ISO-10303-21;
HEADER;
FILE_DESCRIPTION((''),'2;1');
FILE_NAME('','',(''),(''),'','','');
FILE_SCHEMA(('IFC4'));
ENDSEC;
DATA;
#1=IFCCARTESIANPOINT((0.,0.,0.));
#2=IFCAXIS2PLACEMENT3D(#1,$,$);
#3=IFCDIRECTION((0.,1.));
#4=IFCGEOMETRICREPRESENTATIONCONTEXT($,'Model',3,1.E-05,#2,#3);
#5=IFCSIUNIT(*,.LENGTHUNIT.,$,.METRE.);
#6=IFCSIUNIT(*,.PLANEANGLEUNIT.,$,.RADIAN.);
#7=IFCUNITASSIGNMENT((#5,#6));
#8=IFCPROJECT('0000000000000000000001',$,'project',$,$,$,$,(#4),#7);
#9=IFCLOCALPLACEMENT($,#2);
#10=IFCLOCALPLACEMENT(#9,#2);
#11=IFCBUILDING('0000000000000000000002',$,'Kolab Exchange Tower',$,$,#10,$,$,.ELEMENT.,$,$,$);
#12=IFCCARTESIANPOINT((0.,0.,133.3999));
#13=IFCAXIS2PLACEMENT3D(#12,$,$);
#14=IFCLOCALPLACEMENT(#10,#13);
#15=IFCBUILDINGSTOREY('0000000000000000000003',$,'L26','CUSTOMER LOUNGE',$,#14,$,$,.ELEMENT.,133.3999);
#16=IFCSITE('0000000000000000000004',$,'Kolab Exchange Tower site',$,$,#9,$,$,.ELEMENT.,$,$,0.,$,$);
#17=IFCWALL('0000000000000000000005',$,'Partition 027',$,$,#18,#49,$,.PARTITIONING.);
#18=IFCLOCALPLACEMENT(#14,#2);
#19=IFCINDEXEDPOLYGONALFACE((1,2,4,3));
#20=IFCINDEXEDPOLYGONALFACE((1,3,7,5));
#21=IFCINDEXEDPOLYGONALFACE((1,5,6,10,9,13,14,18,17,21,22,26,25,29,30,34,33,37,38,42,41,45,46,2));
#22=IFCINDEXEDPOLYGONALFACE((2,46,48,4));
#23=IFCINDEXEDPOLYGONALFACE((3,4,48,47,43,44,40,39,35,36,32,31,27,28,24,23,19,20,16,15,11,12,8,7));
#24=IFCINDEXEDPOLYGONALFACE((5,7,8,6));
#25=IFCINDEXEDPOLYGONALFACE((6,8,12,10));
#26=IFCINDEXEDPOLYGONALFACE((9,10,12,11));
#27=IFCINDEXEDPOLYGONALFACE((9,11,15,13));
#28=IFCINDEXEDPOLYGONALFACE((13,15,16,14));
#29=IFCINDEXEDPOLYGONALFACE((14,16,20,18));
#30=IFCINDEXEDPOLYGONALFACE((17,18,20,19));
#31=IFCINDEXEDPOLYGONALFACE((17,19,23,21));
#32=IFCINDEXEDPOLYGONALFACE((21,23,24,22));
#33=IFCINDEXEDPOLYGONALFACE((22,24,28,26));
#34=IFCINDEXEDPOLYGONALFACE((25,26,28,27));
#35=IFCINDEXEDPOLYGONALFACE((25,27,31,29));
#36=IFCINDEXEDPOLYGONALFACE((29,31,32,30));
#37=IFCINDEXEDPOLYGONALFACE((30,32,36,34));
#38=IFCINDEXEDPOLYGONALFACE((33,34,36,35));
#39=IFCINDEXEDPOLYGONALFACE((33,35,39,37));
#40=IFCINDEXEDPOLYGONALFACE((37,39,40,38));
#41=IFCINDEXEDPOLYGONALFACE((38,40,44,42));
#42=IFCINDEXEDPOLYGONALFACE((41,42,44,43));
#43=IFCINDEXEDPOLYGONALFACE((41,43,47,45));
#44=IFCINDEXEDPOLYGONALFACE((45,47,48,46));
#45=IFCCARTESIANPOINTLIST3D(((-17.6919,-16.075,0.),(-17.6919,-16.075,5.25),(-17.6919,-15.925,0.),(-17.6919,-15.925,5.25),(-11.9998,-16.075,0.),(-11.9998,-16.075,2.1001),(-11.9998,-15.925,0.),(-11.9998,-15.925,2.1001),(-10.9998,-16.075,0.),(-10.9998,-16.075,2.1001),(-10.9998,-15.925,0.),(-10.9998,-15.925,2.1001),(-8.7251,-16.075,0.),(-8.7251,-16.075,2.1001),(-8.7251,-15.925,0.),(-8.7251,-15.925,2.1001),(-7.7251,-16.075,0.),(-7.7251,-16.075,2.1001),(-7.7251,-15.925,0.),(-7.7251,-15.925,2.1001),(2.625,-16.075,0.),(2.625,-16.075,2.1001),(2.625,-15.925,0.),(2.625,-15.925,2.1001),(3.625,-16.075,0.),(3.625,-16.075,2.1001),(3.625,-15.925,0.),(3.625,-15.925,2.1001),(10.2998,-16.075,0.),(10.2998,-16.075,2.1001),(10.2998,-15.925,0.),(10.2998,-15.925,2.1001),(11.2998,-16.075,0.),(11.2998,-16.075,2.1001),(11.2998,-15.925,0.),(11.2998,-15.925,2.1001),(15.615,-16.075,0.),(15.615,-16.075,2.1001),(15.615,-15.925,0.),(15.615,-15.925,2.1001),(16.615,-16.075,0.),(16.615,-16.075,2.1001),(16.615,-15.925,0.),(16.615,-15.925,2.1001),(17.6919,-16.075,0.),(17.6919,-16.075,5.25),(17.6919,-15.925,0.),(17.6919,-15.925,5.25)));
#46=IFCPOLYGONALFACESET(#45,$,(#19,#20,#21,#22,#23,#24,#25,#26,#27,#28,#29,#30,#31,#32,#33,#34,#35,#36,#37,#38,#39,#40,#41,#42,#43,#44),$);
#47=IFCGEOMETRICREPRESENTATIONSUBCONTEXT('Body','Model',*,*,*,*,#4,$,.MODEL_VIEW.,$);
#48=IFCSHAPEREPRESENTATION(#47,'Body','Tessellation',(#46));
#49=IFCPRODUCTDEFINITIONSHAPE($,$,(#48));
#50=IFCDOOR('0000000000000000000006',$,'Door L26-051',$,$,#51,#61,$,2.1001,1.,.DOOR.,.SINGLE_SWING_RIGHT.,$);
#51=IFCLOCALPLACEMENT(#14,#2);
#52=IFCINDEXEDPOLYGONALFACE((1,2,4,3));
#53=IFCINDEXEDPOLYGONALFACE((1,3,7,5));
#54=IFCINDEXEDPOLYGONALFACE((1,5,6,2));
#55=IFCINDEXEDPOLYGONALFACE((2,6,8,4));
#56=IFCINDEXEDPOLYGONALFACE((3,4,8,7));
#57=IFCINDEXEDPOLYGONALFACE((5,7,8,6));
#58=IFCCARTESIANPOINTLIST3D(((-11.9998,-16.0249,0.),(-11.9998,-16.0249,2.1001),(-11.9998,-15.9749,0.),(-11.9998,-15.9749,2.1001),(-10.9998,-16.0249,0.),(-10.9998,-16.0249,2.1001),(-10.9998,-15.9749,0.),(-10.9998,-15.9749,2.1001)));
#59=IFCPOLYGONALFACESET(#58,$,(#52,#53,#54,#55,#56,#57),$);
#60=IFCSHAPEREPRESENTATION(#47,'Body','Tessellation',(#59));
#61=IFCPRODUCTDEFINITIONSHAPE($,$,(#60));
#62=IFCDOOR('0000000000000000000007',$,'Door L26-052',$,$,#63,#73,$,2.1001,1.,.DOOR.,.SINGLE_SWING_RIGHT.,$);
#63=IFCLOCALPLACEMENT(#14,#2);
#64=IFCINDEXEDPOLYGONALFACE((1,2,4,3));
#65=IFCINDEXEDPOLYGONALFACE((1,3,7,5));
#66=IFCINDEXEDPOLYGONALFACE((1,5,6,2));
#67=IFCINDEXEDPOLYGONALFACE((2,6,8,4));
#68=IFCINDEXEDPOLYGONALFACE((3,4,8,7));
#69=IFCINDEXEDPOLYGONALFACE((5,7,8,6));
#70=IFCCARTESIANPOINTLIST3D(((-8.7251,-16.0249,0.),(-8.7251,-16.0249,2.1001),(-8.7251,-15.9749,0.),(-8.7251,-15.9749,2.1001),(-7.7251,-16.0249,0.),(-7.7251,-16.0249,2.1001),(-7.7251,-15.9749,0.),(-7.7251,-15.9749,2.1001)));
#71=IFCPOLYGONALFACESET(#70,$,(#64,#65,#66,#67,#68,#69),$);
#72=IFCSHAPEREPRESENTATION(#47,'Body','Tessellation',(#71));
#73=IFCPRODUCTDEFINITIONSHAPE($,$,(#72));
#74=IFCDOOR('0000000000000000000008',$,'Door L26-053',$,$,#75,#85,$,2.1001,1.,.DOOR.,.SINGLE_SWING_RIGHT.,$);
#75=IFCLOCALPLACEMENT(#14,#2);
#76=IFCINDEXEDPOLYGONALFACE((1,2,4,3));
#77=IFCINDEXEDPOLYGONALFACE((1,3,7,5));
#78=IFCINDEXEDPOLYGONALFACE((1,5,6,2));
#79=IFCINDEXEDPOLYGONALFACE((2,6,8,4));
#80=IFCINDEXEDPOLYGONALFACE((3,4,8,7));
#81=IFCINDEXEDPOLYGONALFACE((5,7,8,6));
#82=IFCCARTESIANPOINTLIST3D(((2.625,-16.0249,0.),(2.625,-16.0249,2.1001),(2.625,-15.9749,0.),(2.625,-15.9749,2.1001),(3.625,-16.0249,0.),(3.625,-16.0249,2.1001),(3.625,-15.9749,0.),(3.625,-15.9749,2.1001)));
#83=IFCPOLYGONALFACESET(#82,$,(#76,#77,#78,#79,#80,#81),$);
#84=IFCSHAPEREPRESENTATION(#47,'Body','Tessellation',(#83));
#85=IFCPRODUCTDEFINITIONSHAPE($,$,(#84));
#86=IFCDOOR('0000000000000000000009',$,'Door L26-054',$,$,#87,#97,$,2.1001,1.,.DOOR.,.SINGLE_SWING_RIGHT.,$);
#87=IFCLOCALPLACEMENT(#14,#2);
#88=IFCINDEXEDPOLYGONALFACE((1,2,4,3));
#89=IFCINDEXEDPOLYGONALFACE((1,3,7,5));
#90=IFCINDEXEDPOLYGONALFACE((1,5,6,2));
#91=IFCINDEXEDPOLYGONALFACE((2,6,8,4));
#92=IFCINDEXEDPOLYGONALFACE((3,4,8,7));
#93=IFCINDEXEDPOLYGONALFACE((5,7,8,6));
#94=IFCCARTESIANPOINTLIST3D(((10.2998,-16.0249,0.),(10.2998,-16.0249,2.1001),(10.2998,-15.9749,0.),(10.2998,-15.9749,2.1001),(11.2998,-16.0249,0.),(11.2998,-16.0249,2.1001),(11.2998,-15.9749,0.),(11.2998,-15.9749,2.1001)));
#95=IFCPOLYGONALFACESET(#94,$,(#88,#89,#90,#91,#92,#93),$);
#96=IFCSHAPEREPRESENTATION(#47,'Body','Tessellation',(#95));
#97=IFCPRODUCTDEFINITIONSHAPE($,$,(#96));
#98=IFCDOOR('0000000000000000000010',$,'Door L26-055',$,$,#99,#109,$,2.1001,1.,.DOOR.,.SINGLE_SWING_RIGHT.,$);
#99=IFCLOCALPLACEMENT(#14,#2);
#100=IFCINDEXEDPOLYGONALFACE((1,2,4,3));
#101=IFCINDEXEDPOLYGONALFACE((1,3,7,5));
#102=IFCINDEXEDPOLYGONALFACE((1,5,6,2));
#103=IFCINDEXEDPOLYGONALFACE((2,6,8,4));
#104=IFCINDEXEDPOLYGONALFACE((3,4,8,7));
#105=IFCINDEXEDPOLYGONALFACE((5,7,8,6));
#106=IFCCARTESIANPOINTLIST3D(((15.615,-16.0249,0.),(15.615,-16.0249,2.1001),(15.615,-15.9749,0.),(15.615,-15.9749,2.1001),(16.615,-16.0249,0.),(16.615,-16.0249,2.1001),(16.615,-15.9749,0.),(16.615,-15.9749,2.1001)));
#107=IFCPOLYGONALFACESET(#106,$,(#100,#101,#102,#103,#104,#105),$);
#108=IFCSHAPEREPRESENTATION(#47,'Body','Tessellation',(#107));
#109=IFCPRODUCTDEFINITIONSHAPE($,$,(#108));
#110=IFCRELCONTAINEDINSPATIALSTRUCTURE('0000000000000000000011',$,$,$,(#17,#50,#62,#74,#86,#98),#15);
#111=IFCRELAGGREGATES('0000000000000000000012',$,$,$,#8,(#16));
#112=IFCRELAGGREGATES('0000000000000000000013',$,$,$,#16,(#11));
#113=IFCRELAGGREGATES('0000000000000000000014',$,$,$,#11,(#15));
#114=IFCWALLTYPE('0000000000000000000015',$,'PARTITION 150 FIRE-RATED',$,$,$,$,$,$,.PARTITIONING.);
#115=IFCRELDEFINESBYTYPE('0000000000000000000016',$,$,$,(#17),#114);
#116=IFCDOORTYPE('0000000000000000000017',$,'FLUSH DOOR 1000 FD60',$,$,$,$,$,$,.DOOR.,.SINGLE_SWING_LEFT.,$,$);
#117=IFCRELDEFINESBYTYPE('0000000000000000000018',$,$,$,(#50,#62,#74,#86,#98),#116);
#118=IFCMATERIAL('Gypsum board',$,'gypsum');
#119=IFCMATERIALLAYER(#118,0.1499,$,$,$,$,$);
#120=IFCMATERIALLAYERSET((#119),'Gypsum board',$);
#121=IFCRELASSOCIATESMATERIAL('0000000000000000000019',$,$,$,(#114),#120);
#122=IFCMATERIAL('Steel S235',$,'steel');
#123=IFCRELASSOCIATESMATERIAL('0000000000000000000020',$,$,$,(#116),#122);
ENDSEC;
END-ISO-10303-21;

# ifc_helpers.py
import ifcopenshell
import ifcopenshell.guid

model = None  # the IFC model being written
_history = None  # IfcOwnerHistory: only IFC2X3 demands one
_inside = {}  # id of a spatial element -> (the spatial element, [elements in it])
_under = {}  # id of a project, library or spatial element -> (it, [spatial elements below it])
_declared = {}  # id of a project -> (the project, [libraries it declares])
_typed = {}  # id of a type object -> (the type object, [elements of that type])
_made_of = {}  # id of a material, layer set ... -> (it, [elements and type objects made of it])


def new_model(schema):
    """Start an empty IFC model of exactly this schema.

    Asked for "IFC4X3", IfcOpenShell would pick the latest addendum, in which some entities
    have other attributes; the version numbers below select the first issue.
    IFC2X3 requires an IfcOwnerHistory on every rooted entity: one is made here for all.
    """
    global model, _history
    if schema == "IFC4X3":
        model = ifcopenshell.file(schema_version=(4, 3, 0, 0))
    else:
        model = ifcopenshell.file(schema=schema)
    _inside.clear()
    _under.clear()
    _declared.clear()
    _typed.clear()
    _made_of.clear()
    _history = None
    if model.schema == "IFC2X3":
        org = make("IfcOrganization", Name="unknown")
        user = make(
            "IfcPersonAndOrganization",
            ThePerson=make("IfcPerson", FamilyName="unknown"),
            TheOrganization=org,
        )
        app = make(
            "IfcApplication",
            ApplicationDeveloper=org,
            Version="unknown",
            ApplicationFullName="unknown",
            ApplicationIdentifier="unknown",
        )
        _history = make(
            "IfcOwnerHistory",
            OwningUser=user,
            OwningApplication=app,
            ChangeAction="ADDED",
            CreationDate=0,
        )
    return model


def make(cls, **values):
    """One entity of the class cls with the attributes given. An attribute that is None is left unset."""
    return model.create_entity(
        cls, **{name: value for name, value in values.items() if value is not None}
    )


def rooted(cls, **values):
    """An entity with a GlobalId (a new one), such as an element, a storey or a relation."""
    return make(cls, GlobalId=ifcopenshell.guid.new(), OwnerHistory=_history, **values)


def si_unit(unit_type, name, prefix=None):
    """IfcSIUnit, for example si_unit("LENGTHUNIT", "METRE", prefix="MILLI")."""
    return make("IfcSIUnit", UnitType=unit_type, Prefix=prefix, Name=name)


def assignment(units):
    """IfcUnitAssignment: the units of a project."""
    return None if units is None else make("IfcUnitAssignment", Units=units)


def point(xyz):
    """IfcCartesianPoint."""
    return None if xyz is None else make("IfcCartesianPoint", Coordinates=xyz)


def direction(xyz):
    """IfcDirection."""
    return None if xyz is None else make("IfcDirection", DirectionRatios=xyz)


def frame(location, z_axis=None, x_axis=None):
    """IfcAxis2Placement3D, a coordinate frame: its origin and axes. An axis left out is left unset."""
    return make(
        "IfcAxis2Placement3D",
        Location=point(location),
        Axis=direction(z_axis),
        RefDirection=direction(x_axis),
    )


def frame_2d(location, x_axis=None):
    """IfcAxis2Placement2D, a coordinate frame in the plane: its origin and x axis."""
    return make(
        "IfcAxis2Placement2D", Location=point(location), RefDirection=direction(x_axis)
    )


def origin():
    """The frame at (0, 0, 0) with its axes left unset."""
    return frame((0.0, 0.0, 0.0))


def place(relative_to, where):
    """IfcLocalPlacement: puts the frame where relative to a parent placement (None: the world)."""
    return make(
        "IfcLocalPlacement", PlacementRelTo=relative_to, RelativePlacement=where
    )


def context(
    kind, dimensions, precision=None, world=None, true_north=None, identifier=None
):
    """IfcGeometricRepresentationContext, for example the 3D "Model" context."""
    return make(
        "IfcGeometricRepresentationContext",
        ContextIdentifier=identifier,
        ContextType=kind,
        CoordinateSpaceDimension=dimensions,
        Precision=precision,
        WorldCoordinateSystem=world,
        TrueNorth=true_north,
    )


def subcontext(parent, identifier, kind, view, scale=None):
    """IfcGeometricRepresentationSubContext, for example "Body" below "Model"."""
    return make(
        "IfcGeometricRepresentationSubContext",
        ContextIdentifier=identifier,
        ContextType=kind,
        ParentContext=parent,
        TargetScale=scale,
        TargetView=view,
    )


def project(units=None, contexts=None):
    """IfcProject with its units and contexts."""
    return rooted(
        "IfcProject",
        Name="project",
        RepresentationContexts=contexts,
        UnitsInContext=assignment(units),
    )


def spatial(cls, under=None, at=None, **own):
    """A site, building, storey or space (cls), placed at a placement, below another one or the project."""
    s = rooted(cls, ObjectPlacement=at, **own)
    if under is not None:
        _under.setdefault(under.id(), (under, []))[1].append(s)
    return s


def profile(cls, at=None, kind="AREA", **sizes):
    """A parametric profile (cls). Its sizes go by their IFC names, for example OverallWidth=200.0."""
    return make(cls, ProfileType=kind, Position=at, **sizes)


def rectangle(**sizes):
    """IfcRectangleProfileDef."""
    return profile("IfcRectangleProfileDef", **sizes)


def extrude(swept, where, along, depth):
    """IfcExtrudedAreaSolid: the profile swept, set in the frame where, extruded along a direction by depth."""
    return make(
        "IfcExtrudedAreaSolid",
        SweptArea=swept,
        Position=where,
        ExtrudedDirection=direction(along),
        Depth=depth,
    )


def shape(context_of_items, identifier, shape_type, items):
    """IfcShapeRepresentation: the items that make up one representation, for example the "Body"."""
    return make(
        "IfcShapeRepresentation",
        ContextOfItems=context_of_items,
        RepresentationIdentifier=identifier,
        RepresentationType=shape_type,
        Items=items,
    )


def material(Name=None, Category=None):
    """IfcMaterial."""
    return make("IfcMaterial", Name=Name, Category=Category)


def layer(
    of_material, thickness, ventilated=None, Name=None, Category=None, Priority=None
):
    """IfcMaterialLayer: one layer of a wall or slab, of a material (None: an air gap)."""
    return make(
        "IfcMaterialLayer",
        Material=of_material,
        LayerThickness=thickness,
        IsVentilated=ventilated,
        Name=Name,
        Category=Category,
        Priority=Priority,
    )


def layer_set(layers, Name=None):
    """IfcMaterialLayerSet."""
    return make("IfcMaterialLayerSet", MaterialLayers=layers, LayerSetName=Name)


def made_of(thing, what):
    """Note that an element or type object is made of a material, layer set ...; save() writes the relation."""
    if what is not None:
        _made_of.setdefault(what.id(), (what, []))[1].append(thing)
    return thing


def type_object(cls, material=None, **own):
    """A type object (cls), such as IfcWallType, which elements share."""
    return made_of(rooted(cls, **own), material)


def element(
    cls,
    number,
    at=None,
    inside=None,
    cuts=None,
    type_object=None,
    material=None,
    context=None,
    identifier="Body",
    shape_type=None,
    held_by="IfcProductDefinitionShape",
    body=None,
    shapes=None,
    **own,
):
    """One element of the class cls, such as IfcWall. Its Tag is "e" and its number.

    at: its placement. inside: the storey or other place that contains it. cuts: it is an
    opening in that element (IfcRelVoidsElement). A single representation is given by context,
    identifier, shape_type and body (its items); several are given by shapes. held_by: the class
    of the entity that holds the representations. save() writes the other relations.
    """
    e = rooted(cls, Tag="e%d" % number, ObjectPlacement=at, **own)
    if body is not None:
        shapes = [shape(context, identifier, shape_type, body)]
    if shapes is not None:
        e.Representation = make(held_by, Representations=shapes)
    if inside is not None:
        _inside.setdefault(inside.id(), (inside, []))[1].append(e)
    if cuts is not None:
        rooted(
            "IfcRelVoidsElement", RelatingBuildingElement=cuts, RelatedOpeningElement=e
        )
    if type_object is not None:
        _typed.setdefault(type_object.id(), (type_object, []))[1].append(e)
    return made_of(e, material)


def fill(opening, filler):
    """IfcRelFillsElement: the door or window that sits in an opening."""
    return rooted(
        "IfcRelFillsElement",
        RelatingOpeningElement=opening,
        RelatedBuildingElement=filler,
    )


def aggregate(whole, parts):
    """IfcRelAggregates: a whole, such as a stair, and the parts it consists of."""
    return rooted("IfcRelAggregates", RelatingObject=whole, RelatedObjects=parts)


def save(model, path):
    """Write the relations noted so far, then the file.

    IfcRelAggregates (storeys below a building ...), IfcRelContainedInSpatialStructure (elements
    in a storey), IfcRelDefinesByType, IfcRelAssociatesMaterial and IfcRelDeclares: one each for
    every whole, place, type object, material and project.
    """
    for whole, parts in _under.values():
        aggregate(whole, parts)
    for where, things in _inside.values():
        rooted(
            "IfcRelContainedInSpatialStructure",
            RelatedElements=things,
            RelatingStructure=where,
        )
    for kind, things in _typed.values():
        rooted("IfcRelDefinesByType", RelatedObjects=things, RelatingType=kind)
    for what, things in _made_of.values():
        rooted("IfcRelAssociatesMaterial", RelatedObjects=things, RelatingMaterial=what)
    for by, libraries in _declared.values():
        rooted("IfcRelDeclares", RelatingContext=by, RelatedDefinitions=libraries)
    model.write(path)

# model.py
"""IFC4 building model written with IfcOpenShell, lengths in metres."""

from ifc_helpers import new_model, si_unit, direction, frame, frame_2d, origin, place, context, subcontext, project, spatial, rectangle, extrude, material, layer, layer_set, type_object, element, fill, save


model = new_model("IFC4")

# Units and contexts
model_context = context("Model", 3, precision=1e-05, world=origin(), true_north=direction((0.0, 1.0)))
body_context = subcontext(model_context, "Body", "Model", "MODEL_VIEW")
ifc_project = project(units=[si_unit("LENGTHUNIT", "METRE"), si_unit("PLANEANGLEUNIT", "RADIAN")], contexts=[model_context])

# Site, building, storey
site_placement = place(None, origin())
site = spatial("IfcSite", under=ifc_project, at=site_placement, Name="Kolab Exchange Tower site", CompositionType="ELEMENT", RefElevation=0.0)
building_placement = place(site_placement, origin())
building = spatial("IfcBuilding", under=site, at=building_placement, Name="Kolab Exchange Tower", CompositionType="ELEMENT")
storey_placement = place(building_placement, frame((0.0, 0.0, 133.3999)))
storey = spatial("IfcBuildingStorey", under=building, at=storey_placement, Name="L26", Description="CUSTOMER LOUNGE", CompositionType="ELEMENT", Elevation=133.3999)

# Wall, openings, doors
ifc_material_1 = material(Name="Gypsum board", Category="gypsum")
ifc_layer_1 = layer(ifc_material_1, 0.1499)
ifc_layer_set_1 = layer_set([ifc_layer_1], Name="Gypsum board")
wall_type_1 = type_object("IfcWallType", Name="PARTITION 150 FIRE-RATED", PredefinedType="PARTITIONING", material=ifc_layer_set_1)
wall_1_placement = place(storey_placement, frame((-17.6919, -16.0, 0.0), z_axis=(0.0, 0.0, 1.0), x_axis=(1.0, 0.0, 0.0)))
wall_1 = element("IfcWall", 1, at=wall_1_placement, inside=storey, type_object=wall_type_1, Name="Partition 027", PredefinedType="PARTITIONING", context=body_context, shape_type="SweptSolid", body=[
    extrude(rectangle(XDim=35.3838, YDim=0.1499, at=frame_2d((17.6919, 0.0))), origin(), (0.0, 0.0, 1.0), 5.25),
])
opening_1_placement = place(wall_1_placement, frame((5.6921, 0.0, 0.0)))
opening_1 = element("IfcOpeningElement", 2, at=opening_1_placement, cuts=wall_1, PredefinedType="OPENING", context=body_context, shape_type="SweptSolid", body=[
    extrude(rectangle(XDim=1.0, YDim=2.1001, at=frame_2d((0.5, 1.05))), frame((0.0, 0.085, 0.0), z_axis=(0.0, -1.0, 0.0), x_axis=(1.0, 0.0, 0.0)), (0.0, 0.0, 1.0), 0.1699),
])
opening_2_placement = place(wall_1_placement, frame((8.9668, 0.0, 0.0)))
opening_2 = element("IfcOpeningElement", 3, at=opening_2_placement, cuts=wall_1, PredefinedType="OPENING", context=body_context, shape_type="SweptSolid", body=[
    extrude(rectangle(XDim=1.0, YDim=2.1001, at=frame_2d((0.5, 1.05))), frame((0.0, 0.085, 0.0), z_axis=(0.0, -1.0, 0.0), x_axis=(1.0, 0.0, 0.0)), (0.0, 0.0, 1.0), 0.1699),
])
opening_3_placement = place(wall_1_placement, frame((20.3169, 0.0, 0.0)))
opening_3 = element("IfcOpeningElement", 4, at=opening_3_placement, cuts=wall_1, PredefinedType="OPENING", context=body_context, shape_type="SweptSolid", body=[
    extrude(rectangle(XDim=1.0, YDim=2.1001, at=frame_2d((0.5, 1.05))), frame((0.0, 0.085, 0.0), z_axis=(0.0, -1.0, 0.0), x_axis=(1.0, 0.0, 0.0)), (0.0, 0.0, 1.0), 0.1699),
])
opening_4_placement = place(wall_1_placement, frame((27.9917, 0.0, 0.0)))
opening_4 = element("IfcOpeningElement", 5, at=opening_4_placement, cuts=wall_1, PredefinedType="OPENING", context=body_context, shape_type="SweptSolid", body=[
    extrude(rectangle(XDim=1.0, YDim=2.1001, at=frame_2d((0.5, 1.05))), frame((0.0, 0.085, 0.0), z_axis=(0.0, -1.0, 0.0), x_axis=(1.0, 0.0, 0.0)), (0.0, 0.0, 1.0), 0.1699),
])
opening_5_placement = place(wall_1_placement, frame((33.3069, 0.0, 0.0)))
opening_5 = element("IfcOpeningElement", 6, at=opening_5_placement, cuts=wall_1, PredefinedType="OPENING", context=body_context, shape_type="SweptSolid", body=[
    extrude(rectangle(XDim=1.0, YDim=2.1001, at=frame_2d((0.5, 1.05))), frame((0.0, 0.085, 0.0), z_axis=(0.0, -1.0, 0.0), x_axis=(1.0, 0.0, 0.0)), (0.0, 0.0, 1.0), 0.1699),
])
ifc_material_2 = material(Name="Steel S235", Category="steel")
door_type_1 = type_object("IfcDoorType", Name="FLUSH DOOR 1000 FD60", OperationType="SINGLE_SWING_LEFT", PredefinedType="DOOR", material=ifc_material_2)
door_1_placement = place(opening_1_placement, frame((1.0, 0.0, 0.0), z_axis=(0.0, 0.0, 1.0), x_axis=(-1.0, 0.0, 0.0)))
door_1 = element("IfcDoor", 7, at=door_1_placement, inside=storey, type_object=door_type_1, Name="Door L26-051", OperationType="SINGLE_SWING_RIGHT", OverallHeight=2.1001, OverallWidth=1.0, PredefinedType="DOOR", context=body_context, shape_type="SweptSolid", body=[
    extrude(rectangle(XDim=1.0, YDim=2.1001, at=frame_2d((0.5, 1.05))), frame((0.0, 0.0249, 0.0), z_axis=(0.0, -1.0, 0.0), x_axis=(1.0, 0.0, 0.0)), (0.0, 0.0, 1.0), 0.05),
])
fill(opening_1, door_1)
door_2_placement = place(opening_2_placement, frame((1.0, 0.0, 0.0), z_axis=(0.0, 0.0, 1.0), x_axis=(-1.0, 0.0, 0.0)))
door_2 = element("IfcDoor", 8, at=door_2_placement, inside=storey, type_object=door_type_1, Name="Door L26-052", OperationType="SINGLE_SWING_RIGHT", OverallHeight=2.1001, OverallWidth=1.0, PredefinedType="DOOR", context=body_context, shape_type="SweptSolid", body=[
    extrude(rectangle(XDim=1.0, YDim=2.1001, at=frame_2d((0.5, 1.05))), frame((0.0, 0.0249, 0.0), z_axis=(0.0, -1.0, 0.0), x_axis=(1.0, 0.0, 0.0)), (0.0, 0.0, 1.0), 0.05),
])
fill(opening_2, door_2)
door_3_placement = place(opening_3_placement, frame((1.0, 0.0, 0.0), z_axis=(0.0, 0.0, 1.0), x_axis=(-1.0, 0.0, 0.0)))
door_3 = element("IfcDoor", 9, at=door_3_placement, inside=storey, type_object=door_type_1, Name="Door L26-053", OperationType="SINGLE_SWING_RIGHT", OverallHeight=2.1001, OverallWidth=1.0, PredefinedType="DOOR", context=body_context, shape_type="SweptSolid", body=[
    extrude(rectangle(XDim=1.0, YDim=2.1001, at=frame_2d((0.5, 1.05))), frame((0.0, 0.0249, 0.0), z_axis=(0.0, -1.0, 0.0), x_axis=(1.0, 0.0, 0.0)), (0.0, 0.0, 1.0), 0.05),
])
fill(opening_3, door_3)
door_4_placement = place(opening_4_placement, frame((1.0, 0.0, 0.0), z_axis=(0.0, 0.0, 1.0), x_axis=(-1.0, 0.0, 0.0)))
door_4 = element("IfcDoor", 10, at=door_4_placement, inside=storey, type_object=door_type_1, Name="Door L26-054", OperationType="SINGLE_SWING_RIGHT", OverallHeight=2.1001, OverallWidth=1.0, PredefinedType="DOOR", context=body_context, shape_type="SweptSolid", body=[
    extrude(rectangle(XDim=1.0, YDim=2.1001, at=frame_2d((0.5, 1.05))), frame((0.0, 0.0249, 0.0), z_axis=(0.0, -1.0, 0.0), x_axis=(1.0, 0.0, 0.0)), (0.0, 0.0, 1.0), 0.05),
])
fill(opening_4, door_4)
door_5_placement = place(opening_5_placement, frame((1.0, 0.0, 0.0), z_axis=(0.0, 0.0, 1.0), x_axis=(-1.0, 0.0, 0.0)))
door_5 = element("IfcDoor", 11, at=door_5_placement, inside=storey, type_object=door_type_1, Name="Door L26-055", OperationType="SINGLE_SWING_RIGHT", OverallHeight=2.1001, OverallWidth=1.0, PredefinedType="DOOR", context=body_context, shape_type="SweptSolid", body=[
    extrude(rectangle(XDim=1.0, YDim=2.1001, at=frame_2d((0.5, 1.05))), frame((0.0, 0.0249, 0.0), z_axis=(0.0, -1.0, 0.0), x_axis=(1.0, 0.0, 0.0)), (0.0, 0.0, 1.0), 0.05),
])
fill(opening_5, door_5)

save(model, "model.ifc")
